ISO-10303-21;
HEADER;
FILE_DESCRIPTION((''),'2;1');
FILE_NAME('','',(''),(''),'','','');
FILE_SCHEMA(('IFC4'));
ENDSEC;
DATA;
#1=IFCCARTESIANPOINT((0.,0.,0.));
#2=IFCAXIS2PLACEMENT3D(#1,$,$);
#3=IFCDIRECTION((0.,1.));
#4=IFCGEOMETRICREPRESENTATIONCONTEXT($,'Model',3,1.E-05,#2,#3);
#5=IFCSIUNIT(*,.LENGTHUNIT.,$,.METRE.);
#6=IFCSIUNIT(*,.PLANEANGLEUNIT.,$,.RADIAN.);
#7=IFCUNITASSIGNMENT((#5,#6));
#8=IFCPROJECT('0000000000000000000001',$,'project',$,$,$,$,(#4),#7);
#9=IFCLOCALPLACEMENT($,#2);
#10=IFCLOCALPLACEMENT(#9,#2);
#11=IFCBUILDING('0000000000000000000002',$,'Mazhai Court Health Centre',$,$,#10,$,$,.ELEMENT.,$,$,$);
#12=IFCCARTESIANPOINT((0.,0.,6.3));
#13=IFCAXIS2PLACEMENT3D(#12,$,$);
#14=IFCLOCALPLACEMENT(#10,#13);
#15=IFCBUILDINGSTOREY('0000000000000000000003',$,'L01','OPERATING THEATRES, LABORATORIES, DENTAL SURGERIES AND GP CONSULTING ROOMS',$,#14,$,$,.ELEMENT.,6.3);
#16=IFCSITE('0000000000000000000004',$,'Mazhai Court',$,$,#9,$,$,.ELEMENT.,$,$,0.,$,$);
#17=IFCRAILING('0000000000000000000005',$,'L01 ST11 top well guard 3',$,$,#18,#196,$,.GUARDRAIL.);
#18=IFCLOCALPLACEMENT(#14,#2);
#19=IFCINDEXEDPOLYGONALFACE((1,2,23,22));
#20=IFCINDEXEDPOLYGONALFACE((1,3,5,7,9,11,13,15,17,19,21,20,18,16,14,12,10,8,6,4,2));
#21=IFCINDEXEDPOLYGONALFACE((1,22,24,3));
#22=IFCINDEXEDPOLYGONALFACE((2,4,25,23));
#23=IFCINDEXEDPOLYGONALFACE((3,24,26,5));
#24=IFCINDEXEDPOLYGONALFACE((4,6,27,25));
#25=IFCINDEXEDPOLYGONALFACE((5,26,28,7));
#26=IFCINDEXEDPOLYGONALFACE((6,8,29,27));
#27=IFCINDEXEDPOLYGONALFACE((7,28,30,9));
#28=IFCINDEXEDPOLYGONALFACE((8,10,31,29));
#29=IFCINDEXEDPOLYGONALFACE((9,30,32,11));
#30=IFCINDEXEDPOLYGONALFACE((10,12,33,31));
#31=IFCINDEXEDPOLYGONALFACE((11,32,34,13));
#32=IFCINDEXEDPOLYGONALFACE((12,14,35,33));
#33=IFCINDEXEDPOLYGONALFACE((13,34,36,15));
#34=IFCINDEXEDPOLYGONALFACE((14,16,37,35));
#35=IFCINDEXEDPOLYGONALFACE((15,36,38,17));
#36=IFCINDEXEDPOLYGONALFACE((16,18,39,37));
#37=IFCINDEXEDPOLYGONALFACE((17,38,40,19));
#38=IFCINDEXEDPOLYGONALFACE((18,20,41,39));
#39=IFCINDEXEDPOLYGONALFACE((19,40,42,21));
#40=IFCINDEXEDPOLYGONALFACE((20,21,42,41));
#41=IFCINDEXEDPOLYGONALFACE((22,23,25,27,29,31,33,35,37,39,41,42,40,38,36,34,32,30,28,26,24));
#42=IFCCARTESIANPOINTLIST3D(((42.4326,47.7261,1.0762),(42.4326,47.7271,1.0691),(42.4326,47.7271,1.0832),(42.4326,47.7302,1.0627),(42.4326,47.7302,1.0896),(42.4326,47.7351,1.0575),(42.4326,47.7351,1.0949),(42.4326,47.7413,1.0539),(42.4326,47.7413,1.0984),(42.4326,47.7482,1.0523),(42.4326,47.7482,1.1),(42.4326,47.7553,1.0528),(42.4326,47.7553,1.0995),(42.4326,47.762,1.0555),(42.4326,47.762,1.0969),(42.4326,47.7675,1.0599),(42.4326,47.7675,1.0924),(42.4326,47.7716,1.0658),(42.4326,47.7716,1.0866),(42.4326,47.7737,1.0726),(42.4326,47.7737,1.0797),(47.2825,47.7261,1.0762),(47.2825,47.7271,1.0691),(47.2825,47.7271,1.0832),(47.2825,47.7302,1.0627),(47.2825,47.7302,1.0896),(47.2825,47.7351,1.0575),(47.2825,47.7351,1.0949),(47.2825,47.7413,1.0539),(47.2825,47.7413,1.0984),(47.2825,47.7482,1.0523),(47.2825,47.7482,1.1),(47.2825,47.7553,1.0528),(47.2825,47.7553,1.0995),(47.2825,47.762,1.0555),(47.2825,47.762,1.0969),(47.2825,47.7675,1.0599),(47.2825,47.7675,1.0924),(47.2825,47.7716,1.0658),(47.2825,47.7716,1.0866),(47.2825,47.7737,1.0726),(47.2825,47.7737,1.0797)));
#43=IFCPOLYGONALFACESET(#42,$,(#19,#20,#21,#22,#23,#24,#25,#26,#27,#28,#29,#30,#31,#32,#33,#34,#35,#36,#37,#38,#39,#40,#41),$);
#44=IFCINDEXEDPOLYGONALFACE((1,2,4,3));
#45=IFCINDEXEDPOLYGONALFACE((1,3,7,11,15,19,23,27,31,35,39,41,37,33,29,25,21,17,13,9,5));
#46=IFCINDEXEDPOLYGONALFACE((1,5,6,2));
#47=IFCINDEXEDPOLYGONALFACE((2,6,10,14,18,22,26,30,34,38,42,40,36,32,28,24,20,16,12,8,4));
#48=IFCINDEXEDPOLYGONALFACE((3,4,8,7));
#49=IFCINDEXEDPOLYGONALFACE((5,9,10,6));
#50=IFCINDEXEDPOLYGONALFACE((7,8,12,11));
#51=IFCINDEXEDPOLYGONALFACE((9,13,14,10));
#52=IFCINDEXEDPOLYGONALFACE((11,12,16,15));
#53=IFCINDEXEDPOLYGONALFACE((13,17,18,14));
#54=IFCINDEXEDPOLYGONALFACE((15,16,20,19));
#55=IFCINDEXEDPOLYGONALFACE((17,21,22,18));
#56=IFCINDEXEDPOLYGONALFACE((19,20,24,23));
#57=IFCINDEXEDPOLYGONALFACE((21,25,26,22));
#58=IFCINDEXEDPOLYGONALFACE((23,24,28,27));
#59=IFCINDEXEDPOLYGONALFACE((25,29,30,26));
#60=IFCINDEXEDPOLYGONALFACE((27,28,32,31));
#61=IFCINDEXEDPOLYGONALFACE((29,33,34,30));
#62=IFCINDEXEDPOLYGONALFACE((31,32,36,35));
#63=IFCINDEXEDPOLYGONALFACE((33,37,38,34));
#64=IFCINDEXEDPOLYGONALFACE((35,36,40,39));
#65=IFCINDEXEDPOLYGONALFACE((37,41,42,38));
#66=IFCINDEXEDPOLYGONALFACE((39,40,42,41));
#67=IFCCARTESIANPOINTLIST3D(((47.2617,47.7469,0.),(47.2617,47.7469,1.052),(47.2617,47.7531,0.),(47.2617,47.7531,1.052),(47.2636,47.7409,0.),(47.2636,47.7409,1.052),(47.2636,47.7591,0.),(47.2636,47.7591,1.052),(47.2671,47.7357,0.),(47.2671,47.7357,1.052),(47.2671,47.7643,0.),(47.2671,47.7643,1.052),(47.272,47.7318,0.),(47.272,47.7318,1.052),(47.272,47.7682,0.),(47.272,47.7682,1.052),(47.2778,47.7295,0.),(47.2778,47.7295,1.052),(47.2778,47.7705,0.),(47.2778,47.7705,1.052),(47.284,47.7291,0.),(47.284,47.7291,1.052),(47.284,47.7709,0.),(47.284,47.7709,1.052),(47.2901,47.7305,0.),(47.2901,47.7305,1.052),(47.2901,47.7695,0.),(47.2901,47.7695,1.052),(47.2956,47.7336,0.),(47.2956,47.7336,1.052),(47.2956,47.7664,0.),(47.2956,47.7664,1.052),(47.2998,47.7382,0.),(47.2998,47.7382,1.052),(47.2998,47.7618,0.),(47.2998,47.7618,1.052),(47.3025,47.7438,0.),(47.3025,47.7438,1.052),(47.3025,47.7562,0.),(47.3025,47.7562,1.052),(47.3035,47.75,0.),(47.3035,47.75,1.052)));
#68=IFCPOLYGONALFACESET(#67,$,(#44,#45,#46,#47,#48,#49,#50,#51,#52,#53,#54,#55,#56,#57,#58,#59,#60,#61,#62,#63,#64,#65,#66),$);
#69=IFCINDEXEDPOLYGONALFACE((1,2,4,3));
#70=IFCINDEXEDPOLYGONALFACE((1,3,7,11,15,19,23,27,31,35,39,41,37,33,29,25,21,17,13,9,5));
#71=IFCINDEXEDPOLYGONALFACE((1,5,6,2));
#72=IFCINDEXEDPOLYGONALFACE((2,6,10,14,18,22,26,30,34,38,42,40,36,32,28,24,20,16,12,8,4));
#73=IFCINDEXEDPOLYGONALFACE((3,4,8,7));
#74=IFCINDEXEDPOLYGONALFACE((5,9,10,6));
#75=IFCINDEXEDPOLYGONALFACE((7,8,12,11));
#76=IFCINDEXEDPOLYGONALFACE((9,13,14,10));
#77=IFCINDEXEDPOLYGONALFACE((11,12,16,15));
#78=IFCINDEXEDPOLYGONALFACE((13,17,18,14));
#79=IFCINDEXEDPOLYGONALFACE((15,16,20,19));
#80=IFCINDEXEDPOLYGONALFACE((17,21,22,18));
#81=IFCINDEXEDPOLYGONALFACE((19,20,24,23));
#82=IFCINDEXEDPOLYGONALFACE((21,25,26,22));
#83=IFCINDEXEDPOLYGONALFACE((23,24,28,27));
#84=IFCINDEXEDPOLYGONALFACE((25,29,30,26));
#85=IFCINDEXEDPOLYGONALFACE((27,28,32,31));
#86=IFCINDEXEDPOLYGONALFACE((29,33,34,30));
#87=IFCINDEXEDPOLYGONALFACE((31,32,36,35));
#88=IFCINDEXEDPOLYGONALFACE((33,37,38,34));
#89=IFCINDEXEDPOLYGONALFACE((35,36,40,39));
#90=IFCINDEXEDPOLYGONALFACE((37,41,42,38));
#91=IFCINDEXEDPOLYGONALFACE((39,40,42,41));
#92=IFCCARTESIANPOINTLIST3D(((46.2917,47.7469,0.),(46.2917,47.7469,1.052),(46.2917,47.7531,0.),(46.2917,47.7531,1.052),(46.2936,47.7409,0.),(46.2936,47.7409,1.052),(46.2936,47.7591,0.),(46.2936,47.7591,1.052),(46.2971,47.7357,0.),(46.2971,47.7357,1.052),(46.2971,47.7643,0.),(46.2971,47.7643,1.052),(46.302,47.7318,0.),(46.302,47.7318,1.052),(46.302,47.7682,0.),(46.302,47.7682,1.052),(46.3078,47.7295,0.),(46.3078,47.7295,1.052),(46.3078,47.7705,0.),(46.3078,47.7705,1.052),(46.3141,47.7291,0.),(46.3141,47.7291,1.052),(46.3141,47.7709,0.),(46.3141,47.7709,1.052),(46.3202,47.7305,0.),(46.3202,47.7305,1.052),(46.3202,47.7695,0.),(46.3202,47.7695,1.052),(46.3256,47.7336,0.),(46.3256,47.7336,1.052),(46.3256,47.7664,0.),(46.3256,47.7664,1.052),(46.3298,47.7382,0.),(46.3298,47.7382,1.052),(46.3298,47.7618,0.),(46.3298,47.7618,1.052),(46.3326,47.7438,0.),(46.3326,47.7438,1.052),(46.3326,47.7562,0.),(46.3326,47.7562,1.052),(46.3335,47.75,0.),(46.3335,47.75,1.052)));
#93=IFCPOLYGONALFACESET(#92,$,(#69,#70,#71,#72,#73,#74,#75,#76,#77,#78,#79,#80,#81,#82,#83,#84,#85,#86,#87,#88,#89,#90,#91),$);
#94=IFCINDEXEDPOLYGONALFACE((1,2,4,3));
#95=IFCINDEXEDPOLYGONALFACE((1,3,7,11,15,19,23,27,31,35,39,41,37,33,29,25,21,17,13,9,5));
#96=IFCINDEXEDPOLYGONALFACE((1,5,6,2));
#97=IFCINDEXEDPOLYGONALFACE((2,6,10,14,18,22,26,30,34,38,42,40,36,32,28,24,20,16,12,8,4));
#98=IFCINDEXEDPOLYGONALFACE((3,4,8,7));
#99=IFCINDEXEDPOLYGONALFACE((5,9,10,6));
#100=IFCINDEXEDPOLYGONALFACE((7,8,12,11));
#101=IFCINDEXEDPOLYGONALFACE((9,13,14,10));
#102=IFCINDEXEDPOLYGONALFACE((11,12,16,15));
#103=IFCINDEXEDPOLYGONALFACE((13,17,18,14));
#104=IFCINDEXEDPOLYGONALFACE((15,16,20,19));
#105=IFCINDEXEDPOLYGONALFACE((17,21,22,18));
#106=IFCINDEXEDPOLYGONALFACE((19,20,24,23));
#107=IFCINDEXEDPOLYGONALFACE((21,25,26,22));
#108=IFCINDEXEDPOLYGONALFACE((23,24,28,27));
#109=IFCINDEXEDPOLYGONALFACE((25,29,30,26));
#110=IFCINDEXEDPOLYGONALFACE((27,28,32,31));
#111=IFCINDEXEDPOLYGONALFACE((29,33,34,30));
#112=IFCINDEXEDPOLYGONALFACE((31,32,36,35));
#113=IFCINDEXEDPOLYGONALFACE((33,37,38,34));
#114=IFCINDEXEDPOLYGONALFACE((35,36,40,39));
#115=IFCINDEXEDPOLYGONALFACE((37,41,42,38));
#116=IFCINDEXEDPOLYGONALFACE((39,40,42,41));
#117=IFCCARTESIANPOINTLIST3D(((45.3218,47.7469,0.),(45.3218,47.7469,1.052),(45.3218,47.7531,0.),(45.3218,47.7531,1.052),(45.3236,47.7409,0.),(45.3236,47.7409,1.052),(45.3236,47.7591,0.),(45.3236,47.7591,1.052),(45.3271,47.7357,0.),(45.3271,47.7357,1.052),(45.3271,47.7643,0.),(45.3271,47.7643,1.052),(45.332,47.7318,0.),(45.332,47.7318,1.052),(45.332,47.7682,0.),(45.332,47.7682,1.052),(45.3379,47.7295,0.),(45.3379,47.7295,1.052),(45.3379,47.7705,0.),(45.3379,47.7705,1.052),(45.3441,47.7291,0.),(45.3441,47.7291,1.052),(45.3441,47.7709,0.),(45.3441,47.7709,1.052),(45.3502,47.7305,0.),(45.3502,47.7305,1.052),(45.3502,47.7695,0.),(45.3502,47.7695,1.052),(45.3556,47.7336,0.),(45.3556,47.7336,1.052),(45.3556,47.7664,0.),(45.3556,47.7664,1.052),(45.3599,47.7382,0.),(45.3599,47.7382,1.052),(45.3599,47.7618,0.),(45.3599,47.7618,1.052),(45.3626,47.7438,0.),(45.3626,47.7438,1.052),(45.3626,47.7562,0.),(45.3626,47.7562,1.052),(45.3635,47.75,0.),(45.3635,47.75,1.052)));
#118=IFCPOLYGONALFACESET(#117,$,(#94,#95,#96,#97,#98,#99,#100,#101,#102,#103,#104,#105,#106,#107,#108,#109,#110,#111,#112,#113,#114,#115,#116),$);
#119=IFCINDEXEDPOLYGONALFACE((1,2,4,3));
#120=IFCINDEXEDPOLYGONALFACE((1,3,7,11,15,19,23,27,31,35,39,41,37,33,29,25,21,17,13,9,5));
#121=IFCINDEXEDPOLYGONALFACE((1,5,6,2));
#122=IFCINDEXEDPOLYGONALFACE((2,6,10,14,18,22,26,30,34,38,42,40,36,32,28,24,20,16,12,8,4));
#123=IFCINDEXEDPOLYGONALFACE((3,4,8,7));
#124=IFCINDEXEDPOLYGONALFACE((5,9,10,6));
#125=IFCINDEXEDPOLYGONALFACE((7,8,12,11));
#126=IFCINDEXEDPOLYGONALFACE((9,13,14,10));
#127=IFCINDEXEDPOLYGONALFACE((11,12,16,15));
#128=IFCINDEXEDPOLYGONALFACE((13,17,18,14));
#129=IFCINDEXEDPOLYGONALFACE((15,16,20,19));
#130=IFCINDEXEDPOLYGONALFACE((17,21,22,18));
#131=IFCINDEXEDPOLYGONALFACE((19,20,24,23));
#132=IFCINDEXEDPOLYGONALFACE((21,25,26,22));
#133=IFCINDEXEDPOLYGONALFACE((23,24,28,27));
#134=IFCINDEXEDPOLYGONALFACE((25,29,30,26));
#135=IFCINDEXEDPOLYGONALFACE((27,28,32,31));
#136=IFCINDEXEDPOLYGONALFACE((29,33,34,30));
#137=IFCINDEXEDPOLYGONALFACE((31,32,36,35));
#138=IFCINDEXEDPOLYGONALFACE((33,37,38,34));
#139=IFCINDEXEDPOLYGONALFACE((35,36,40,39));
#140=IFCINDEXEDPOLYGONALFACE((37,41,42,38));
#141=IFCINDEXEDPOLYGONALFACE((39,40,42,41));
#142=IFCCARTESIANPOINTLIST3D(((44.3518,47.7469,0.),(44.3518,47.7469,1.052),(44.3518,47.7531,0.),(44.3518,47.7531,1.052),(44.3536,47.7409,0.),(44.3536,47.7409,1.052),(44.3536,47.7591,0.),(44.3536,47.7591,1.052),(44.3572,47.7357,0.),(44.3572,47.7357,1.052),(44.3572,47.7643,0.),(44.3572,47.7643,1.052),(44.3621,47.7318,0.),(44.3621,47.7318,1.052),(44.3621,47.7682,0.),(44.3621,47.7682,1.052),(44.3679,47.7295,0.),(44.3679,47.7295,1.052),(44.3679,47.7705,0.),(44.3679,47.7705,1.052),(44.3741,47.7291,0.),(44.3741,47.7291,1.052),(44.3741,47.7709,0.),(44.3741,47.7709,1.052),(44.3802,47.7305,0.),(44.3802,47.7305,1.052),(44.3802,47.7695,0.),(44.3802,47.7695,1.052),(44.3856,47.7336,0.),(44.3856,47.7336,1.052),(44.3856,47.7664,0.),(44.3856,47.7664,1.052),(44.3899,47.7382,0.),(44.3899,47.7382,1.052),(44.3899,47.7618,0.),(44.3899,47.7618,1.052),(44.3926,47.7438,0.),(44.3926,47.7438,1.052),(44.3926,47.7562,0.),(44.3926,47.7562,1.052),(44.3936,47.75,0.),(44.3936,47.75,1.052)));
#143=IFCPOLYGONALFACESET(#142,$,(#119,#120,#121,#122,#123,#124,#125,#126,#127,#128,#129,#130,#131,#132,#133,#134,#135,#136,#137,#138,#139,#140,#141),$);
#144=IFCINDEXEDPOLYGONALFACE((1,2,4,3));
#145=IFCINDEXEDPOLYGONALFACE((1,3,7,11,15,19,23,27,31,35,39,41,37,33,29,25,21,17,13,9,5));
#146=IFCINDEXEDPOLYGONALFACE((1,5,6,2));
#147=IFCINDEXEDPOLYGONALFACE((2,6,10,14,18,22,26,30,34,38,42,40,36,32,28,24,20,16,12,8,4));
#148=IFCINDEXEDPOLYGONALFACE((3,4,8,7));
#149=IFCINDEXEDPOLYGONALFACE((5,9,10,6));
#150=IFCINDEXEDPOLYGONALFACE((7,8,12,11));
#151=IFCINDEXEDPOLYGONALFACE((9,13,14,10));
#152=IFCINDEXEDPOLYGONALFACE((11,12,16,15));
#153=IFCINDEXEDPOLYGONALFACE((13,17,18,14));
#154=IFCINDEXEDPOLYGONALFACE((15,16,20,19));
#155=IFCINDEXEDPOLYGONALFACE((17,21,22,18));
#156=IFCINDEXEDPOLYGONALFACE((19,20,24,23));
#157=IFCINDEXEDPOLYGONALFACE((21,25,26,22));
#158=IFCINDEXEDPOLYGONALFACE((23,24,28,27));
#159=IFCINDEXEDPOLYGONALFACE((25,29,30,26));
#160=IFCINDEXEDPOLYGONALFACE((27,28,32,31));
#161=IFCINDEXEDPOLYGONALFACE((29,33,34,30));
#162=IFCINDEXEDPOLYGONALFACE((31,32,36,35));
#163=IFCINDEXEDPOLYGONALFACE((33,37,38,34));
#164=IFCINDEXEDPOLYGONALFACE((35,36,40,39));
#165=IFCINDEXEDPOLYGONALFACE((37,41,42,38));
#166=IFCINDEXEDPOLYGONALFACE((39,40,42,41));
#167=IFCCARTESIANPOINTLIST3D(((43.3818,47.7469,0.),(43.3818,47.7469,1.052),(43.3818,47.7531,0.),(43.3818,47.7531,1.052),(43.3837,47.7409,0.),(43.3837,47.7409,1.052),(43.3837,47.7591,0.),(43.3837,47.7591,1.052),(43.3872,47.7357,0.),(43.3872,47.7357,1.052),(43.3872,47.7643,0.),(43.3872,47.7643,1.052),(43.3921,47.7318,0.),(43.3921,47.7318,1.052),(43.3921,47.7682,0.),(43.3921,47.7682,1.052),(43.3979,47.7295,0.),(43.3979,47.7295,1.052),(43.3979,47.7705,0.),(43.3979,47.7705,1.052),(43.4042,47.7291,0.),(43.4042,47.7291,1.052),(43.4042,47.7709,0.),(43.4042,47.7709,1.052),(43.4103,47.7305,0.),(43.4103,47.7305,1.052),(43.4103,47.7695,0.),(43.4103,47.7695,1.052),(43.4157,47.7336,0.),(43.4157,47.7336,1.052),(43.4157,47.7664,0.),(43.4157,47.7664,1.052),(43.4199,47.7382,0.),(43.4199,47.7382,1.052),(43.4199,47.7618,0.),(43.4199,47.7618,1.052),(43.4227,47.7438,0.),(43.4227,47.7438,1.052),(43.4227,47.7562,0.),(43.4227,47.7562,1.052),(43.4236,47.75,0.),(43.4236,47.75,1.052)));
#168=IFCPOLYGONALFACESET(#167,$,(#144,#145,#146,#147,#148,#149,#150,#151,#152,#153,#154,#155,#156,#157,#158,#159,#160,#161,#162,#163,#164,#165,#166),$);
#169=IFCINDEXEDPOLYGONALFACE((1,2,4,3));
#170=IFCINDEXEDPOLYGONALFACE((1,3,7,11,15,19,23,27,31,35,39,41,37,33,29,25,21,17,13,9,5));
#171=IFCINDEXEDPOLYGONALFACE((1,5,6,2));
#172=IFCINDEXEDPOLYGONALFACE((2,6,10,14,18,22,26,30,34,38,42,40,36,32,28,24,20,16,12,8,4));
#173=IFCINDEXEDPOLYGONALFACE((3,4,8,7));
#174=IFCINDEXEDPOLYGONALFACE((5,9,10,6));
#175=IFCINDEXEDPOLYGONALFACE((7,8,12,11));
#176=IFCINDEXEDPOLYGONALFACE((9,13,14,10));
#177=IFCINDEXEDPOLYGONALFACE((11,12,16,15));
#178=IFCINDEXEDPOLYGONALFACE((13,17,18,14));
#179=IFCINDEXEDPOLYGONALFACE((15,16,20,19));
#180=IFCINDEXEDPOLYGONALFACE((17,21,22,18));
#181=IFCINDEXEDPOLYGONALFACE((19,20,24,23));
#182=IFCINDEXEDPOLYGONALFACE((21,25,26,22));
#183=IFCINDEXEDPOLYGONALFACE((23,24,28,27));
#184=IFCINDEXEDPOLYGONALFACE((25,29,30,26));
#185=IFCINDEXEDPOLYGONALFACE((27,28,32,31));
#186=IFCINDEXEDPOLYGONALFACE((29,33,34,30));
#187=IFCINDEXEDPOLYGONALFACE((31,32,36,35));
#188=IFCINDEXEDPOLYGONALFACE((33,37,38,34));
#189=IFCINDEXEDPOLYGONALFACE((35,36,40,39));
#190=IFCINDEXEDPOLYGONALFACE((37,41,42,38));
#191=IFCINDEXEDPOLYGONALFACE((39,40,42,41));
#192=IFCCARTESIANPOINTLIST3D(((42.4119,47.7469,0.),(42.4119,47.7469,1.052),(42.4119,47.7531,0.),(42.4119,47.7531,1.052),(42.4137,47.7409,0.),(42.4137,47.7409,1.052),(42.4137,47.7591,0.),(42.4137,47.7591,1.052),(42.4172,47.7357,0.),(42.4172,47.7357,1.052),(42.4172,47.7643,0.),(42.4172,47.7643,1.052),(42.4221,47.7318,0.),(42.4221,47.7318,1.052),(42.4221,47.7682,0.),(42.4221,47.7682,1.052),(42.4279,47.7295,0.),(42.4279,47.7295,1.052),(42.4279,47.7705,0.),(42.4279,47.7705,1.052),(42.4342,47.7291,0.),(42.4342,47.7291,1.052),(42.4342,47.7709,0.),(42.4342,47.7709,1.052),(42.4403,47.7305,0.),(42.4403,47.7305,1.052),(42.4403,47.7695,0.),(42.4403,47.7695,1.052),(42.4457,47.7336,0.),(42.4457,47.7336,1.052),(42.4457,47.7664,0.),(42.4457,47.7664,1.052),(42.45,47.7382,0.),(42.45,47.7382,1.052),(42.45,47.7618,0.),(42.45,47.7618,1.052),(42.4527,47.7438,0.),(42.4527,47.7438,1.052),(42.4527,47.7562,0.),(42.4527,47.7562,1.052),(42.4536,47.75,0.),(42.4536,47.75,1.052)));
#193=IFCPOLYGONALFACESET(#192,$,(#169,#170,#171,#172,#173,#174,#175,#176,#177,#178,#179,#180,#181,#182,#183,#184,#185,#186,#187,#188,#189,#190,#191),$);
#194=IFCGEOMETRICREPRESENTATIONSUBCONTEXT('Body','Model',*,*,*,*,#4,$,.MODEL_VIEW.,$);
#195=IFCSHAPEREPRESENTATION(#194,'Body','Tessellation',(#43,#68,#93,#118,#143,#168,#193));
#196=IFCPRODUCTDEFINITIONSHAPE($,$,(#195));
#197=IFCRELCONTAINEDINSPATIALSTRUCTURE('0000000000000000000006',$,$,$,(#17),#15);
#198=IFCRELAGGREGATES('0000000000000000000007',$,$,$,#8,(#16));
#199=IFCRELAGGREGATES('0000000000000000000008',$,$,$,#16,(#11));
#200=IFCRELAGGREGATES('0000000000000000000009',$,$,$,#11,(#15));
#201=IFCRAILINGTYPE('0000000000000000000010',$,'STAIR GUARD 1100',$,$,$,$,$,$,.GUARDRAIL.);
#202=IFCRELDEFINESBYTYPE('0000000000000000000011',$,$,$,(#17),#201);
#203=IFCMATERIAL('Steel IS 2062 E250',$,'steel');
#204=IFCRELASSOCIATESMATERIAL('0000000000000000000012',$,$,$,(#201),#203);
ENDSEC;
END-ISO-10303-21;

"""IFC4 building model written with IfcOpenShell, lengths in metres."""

from ifc_helpers import new_model, si_unit, direction, frame, origin, origin_2d, place, context, subcontext, project, spatial, circle, extrude, material, type_object, element, save


model = new_model("IFC4")

# Units and contexts
model_context = context("Model", 3, precision=1e-05, world=origin(), true_north=direction((0.0, 1.0)))
body_context = subcontext(model_context, "Body", "Model", "MODEL_VIEW")
ifc_project = project(units=[si_unit("LENGTHUNIT", "METRE"), si_unit("PLANEANGLEUNIT", "RADIAN")], contexts=[model_context])

# Site, building, storey
site_placement = place(None, origin())
site = spatial("IfcSite", under=ifc_project, at=site_placement, Name="Mazhai Court", CompositionType="ELEMENT", RefElevation=0.0)
building_placement = place(site_placement, origin())
building = spatial("IfcBuilding", under=site, at=building_placement, Name="Mazhai Court Health Centre", CompositionType="ELEMENT")
storey_placement = place(building_placement, frame((0.0, 0.0, 6.3)))
storey = spatial("IfcBuildingStorey", under=building, at=storey_placement, Name="L01", Description="OPERATING THEATRES, LABORATORIES, DENTAL SURGERIES AND GP CONSULTING ROOMS", CompositionType="ELEMENT", Elevation=6.3)

# Railing
ifc_material_1 = material(Name="Steel IS 2062 E250", Category="steel")
railing_type_1 = type_object("IfcRailingType", Name="STAIR GUARD 1100", PredefinedType="GUARDRAIL", material=ifc_material_1)
railing_1_placement = place(storey_placement, frame((47.2825, 47.75, 0.0)))
element("IfcRailing", 1, at=railing_1_placement, inside=storey, type_object=railing_type_1, Name="L01 ST11 top well guard 3", PredefinedType="GUARDRAIL", context=body_context, shape_type="SweptSolid", body=[
    extrude(circle(Radius=0.0239, at=origin_2d()), frame((0.0, 0.0, 1.0762), z_axis=(-1.0, 0.0, 0.0), x_axis=(0.0, -1.0, 0.0)), (0.0, 0.0, 1.0), 4.8499),
    extrude(circle(Radius=0.021, at=origin_2d()), origin(), (0.0, 0.0, 1.0), 1.052),
    extrude(circle(Radius=0.021, at=origin_2d()), frame((-0.97, 0.0, 0.0)), (0.0, 0.0, 1.0), 1.052),
    extrude(circle(Radius=0.021, at=origin_2d()), frame((-1.9399, 0.0, 0.0)), (0.0, 0.0, 1.0), 1.052),
    extrude(circle(Radius=0.021, at=origin_2d()), frame((-2.9099, 0.0, 0.0)), (0.0, 0.0, 1.0), 1.052),
    extrude(circle(Radius=0.021, at=origin_2d()), frame((-3.8799, 0.0, 0.0)), (0.0, 0.0, 1.0), 1.052),
    extrude(circle(Radius=0.021, at=origin_2d()), frame((-4.8499, 0.0, 0.0)), (0.0, 0.0, 1.0), 1.052),
])

save(model, "model.ifc")
